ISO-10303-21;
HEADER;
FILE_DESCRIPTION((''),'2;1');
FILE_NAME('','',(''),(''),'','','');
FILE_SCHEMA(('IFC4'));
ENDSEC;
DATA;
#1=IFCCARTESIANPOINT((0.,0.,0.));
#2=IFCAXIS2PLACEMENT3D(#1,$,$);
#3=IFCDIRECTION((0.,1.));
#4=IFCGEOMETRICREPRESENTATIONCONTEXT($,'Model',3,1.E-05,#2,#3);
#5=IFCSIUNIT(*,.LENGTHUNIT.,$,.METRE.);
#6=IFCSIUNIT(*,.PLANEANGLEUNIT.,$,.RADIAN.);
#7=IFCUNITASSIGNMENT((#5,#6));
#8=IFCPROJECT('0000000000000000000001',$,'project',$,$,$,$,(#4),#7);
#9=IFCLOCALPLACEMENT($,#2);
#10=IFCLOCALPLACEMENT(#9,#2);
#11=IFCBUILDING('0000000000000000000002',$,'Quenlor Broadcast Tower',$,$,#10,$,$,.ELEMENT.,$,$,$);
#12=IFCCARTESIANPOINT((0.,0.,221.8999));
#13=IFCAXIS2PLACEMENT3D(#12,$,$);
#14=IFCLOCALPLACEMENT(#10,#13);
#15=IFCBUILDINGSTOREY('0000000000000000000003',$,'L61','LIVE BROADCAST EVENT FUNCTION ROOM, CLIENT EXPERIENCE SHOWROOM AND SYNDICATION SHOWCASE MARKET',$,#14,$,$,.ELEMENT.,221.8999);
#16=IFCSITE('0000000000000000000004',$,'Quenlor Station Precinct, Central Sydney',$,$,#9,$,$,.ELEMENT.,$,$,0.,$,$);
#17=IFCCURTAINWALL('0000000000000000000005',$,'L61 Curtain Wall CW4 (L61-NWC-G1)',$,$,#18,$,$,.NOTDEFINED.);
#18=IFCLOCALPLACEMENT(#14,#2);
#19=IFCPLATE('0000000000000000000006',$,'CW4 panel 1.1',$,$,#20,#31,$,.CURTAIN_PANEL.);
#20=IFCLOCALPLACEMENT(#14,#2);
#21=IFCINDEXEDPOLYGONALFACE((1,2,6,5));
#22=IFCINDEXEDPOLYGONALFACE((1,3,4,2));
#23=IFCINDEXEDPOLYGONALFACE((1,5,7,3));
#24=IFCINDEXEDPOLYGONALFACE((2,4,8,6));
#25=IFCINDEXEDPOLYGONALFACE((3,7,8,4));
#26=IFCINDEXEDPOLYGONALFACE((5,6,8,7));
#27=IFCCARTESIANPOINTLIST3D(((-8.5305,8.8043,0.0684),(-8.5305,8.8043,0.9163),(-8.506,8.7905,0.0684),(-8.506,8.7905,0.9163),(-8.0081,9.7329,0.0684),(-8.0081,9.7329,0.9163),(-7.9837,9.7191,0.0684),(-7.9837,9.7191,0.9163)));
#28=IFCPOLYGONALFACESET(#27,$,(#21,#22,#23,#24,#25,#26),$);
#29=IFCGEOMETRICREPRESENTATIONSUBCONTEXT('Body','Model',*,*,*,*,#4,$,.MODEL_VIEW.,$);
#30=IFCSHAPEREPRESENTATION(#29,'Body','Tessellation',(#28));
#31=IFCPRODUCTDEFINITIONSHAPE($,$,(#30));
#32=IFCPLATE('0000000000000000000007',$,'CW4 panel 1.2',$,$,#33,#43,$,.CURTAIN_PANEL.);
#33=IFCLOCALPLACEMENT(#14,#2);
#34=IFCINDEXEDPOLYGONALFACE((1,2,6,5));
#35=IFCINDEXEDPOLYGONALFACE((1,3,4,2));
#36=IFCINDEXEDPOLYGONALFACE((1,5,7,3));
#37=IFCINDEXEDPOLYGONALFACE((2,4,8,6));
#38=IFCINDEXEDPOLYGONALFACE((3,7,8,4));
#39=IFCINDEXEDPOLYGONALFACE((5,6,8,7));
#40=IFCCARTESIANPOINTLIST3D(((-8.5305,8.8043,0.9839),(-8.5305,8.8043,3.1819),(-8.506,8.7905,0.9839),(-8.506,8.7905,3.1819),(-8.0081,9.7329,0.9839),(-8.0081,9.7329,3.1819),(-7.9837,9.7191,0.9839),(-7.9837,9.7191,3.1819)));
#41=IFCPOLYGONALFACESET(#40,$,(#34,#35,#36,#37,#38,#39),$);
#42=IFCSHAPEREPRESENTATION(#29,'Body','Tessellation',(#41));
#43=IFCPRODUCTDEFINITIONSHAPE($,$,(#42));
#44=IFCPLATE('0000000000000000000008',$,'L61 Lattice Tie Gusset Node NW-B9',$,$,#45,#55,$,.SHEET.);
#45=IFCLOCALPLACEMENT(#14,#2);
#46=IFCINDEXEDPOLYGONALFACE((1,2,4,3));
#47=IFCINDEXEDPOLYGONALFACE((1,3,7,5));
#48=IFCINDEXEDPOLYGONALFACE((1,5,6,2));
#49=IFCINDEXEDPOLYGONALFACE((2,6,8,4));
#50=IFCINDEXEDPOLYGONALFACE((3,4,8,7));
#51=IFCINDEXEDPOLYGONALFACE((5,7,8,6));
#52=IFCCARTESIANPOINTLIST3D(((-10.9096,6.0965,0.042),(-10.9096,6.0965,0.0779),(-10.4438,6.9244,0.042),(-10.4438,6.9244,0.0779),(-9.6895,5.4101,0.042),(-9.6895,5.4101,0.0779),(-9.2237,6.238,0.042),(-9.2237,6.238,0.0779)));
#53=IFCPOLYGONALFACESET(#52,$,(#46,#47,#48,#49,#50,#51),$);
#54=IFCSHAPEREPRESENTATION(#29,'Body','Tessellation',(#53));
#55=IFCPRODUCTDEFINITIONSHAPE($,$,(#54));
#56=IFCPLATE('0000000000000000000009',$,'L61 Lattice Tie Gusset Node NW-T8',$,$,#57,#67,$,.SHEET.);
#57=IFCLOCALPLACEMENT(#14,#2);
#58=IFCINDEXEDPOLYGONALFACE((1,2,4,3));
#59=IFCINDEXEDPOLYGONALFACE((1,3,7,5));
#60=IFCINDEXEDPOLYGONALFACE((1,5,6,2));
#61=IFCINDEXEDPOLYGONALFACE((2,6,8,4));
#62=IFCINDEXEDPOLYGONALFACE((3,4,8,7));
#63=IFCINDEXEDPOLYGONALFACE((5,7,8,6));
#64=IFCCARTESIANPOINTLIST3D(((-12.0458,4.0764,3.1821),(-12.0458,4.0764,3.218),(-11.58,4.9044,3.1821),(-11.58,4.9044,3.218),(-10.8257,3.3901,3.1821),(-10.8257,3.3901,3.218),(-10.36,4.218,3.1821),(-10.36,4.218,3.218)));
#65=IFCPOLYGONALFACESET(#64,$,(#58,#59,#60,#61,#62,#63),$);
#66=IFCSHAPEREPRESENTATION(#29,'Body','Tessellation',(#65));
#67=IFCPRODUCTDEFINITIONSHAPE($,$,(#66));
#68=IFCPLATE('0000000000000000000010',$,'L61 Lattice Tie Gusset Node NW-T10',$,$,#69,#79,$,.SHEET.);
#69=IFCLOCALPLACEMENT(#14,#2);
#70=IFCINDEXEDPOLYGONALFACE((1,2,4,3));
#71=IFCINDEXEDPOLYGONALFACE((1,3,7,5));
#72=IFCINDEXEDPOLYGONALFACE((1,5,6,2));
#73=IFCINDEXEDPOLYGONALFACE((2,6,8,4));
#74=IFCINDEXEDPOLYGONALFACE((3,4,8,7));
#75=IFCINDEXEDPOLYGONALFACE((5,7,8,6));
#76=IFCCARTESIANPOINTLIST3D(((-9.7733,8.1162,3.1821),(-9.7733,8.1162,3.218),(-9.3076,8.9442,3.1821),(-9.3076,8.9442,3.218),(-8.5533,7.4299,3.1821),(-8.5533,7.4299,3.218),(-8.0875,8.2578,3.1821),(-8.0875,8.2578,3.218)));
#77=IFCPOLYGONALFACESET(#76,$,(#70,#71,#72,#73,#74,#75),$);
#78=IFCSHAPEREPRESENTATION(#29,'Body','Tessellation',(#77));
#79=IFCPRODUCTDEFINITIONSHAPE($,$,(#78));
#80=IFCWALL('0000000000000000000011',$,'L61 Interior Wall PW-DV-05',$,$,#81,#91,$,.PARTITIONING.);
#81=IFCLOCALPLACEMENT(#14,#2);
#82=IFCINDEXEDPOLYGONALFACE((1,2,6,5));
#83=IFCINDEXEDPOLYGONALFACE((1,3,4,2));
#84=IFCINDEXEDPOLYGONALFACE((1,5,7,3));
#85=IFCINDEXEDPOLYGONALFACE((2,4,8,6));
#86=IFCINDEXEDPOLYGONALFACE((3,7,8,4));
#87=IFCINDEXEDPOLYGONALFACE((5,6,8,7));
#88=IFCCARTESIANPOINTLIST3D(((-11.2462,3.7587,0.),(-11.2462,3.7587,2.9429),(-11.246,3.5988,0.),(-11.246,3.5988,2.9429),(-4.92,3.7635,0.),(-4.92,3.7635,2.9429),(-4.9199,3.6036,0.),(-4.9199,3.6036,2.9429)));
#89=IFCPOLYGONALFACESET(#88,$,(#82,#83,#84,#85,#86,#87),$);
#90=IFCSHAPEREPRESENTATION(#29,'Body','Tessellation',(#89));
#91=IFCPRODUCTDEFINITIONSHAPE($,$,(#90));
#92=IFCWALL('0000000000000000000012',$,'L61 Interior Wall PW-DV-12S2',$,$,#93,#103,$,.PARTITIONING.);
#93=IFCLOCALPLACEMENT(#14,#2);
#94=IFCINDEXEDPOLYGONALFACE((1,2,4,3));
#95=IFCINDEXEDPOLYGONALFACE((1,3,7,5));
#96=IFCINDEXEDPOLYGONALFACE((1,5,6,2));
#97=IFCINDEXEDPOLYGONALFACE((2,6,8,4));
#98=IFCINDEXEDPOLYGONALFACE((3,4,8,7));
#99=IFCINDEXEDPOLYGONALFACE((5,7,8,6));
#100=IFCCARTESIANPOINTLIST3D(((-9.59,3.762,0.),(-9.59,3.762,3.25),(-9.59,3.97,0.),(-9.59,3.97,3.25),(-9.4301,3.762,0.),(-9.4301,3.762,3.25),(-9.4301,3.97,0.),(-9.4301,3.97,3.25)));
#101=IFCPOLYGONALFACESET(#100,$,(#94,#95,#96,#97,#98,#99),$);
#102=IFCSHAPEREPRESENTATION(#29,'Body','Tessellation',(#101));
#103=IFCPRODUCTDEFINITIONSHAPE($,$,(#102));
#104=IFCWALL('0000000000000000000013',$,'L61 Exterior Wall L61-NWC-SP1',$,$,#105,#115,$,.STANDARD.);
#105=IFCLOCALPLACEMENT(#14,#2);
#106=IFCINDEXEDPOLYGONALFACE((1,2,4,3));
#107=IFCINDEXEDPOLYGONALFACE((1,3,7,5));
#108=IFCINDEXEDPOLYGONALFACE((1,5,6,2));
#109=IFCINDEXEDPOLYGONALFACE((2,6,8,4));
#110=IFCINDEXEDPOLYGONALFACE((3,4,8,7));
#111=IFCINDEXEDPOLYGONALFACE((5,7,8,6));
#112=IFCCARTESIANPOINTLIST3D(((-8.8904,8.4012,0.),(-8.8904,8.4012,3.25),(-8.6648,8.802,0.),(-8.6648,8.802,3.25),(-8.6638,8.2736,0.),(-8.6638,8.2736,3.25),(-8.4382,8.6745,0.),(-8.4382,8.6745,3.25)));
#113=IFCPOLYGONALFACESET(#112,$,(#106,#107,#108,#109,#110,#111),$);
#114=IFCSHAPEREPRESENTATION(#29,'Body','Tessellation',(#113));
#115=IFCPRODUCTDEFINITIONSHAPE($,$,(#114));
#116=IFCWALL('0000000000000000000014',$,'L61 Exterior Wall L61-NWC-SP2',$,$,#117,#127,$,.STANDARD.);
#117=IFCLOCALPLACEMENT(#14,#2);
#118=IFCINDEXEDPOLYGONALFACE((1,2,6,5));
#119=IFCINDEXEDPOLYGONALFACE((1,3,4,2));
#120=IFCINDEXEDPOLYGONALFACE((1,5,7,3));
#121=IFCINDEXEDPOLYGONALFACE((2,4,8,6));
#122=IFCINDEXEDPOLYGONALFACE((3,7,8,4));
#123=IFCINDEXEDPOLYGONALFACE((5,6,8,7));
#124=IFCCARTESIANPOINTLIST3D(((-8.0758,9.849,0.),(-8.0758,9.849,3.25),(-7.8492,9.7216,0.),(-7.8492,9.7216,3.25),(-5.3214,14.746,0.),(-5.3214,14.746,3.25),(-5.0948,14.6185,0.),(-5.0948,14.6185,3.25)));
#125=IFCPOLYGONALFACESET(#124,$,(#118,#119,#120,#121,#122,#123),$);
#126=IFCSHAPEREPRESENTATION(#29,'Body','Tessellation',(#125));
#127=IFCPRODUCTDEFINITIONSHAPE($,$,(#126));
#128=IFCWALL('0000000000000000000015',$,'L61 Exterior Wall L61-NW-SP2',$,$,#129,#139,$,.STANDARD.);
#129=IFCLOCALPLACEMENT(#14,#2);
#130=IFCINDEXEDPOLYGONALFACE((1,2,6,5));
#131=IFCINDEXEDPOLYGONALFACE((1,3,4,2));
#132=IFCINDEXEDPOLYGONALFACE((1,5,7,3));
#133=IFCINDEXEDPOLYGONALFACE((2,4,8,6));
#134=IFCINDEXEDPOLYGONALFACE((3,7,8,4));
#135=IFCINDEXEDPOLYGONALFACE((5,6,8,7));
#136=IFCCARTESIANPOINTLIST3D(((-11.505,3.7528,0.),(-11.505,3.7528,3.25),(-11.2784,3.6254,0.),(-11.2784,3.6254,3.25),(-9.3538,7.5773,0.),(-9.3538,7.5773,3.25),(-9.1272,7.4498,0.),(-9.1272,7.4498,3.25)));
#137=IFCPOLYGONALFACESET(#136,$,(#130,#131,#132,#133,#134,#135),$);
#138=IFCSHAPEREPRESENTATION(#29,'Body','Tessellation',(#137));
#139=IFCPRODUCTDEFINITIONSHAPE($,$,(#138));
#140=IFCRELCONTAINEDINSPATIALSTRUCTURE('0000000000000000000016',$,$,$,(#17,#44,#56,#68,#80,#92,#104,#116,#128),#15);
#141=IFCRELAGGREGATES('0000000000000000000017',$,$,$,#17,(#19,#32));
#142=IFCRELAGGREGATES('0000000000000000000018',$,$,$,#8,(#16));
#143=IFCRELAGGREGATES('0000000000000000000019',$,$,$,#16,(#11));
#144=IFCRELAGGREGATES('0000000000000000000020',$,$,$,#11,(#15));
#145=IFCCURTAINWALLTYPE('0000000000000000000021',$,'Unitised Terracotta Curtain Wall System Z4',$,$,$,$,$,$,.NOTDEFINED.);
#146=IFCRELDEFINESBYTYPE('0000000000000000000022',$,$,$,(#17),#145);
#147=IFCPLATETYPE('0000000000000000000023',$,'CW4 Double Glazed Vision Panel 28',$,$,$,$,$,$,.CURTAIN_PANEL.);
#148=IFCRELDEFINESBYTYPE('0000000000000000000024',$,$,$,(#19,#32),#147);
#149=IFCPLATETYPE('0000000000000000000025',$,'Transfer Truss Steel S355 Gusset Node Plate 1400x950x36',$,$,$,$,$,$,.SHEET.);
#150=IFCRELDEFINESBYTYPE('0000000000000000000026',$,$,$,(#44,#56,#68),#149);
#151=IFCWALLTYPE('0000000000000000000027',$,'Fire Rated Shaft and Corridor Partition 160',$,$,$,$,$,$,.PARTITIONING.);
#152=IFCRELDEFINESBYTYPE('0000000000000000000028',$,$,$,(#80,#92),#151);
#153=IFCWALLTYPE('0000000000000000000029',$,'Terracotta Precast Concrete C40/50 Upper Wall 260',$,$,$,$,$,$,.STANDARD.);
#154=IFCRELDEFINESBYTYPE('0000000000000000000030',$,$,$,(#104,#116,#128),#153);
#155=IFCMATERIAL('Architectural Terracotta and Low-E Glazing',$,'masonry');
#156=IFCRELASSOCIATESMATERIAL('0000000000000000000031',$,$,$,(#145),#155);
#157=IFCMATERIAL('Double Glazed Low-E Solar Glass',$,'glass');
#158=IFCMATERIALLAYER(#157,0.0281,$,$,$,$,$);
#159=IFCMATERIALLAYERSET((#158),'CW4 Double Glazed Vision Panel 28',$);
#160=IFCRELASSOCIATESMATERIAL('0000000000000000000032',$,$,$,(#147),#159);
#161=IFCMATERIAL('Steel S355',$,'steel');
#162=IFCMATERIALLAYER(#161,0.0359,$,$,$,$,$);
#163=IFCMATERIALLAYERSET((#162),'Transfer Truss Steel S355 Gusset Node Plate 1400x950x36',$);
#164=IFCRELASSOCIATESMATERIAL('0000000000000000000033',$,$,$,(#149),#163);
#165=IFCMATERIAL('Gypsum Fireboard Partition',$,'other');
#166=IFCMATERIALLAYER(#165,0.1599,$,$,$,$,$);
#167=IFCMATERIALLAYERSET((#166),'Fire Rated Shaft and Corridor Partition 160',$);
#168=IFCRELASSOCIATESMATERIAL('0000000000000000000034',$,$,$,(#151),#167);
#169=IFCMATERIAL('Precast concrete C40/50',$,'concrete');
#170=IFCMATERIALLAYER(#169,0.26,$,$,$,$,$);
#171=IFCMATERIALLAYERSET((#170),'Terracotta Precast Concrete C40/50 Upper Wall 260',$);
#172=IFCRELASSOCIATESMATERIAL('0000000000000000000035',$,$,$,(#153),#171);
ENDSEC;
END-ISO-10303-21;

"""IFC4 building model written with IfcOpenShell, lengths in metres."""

from ifc_helpers import new_model, si_unit, direction, frame, frame_2d, origin, origin_2d, place, context, subcontext, project, spatial, rectangle, extrude, material, layer, layer_set, type_object, element, aggregate, save


model = new_model("IFC4")

# Units and contexts
model_context = context("Model", 3, precision=1e-05, world=origin(), true_north=direction((0.0, 1.0)))
body_context = subcontext(model_context, "Body", "Model", "MODEL_VIEW")
ifc_project = project(units=[si_unit("LENGTHUNIT", "METRE"), si_unit("PLANEANGLEUNIT", "RADIAN")], contexts=[model_context])

# Site, building, storey
site_placement = place(None, origin())
site = spatial("IfcSite", under=ifc_project, at=site_placement, Name="Quenlor Station Precinct, Central Sydney", CompositionType="ELEMENT", RefElevation=0.0)
building_placement = place(site_placement, origin())
building = spatial("IfcBuilding", under=site, at=building_placement, Name="Quenlor Broadcast Tower", CompositionType="ELEMENT")
storey_placement = place(building_placement, frame((0.0, 0.0, 221.8999)))
storey = spatial("IfcBuildingStorey", under=building, at=storey_placement, Name="L61", Description="LIVE BROADCAST EVENT FUNCTION ROOM, CLIENT EXPERIENCE SHOWROOM AND SYNDICATION SHOWCASE MARKET", CompositionType="ELEMENT", Elevation=221.8999)

# Curtain wall
ifc_material_1 = material(Name="Architectural Terracotta and Low-E Glazing", Category="masonry")
curtain_wall_type = type_object("IfcCurtainWallType", Name="Unitised Terracotta Curtain Wall System Z4", PredefinedType="NOTDEFINED", material=ifc_material_1)
curtain_wall_placement = place(storey_placement, origin())
curtain_wall = element("IfcCurtainWall", 1, at=curtain_wall_placement, inside=storey, type_object=curtain_wall_type, Name="L61 Curtain Wall CW4 (L61-NWC-G1)", PredefinedType="NOTDEFINED")

# Plates
ifc_material_2 = material(Name="Double Glazed Low-E Solar Glass", Category="glass")
ifc_layer_1 = layer(ifc_material_2, 0.0281)
ifc_layer_set_1 = layer_set([ifc_layer_1], Name="CW4 Double Glazed Vision Panel 28")
plate_type_1 = type_object("IfcPlateType", Name="CW4 Double Glazed Vision Panel 28", PredefinedType="CURTAIN_PANEL", material=ifc_layer_set_1)
plate_1_placement = place(storey_placement, frame((-8.2571, 9.2617, 0.0684), z_axis=(0.0, 0.0, 1.0), x_axis=(0.490293, 0.871558, 0.0)))
plate_1 = element("IfcPlate", 2, at=plate_1_placement, type_object=plate_type_1, Name="CW4 panel 1.1", PredefinedType="CURTAIN_PANEL", context=body_context, shape_type="SweptSolid", body=[
    extrude(rectangle(XDim=1.0654, YDim=0.0281, at=origin_2d()), origin(), (0.0, 0.0, 1.0), 0.8479),
])
plate_2_placement = place(storey_placement, frame((-8.2571, 9.2617, 0.9839), z_axis=(0.0, 0.0, 1.0), x_axis=(0.490293, 0.871558, 0.0)))
plate_2 = element("IfcPlate", 3, at=plate_2_placement, type_object=plate_type_1, Name="CW4 panel 1.2", PredefinedType="CURTAIN_PANEL", context=body_context, shape_type="SweptSolid", body=[
    extrude(rectangle(XDim=1.0654, YDim=0.0281, at=origin_2d()), origin(), (0.0, 0.0, 1.0), 2.198),
])
aggregate(curtain_wall, [plate_1, plate_2])

# Plates
ifc_material_3 = material(Name="Steel S355", Category="steel")
ifc_layer_2 = layer(ifc_material_3, 0.0359)
ifc_layer_set_2 = layer_set([ifc_layer_2], Name="Transfer Truss Steel S355 Gusset Node Plate 1400x950x36")
plate_type_2 = type_object("IfcPlateType", Name="Transfer Truss Steel S355 Gusset Node Plate 1400x950x36", PredefinedType="SHEET", material=ifc_layer_set_2)
for number, where, z_axis, x_axis, name in (
    (4, (-10.0667, 6.1672, 0.042), (0.0, 0.0, 1.0), (-0.871556, 0.490295, 0.0), "L61 Lattice Tie Gusset Node NW-B9"),
    (5, (-11.2029, 4.1472, 3.1821), (0.0, 0.0, 1.0), (-0.871556, 0.490295, 0.0), "L61 Lattice Tie Gusset Node NW-T8"),
    (6, (-8.9304, 8.187, 3.1821), (0.0, 0.0, 1.0), (-0.871556, 0.490295, 0.0), "L61 Lattice Tie Gusset Node NW-T10"),
):
    element("IfcPlate", number, at=place(storey_placement, frame(where, z_axis=z_axis, x_axis=x_axis)), inside=storey, type_object=plate_type_2, Name=name, PredefinedType="SHEET", context=body_context, shape_type="SweptSolid", body=[
        extrude(rectangle(XDim=1.3999, YDim=0.95, at=origin_2d()), origin(), (0.0, 0.0, 1.0), 0.0359),
    ])

# Walls
ifc_material_4 = material(Name="Gypsum Fireboard Partition", Category="other")
ifc_layer_3 = layer(ifc_material_4, 0.1599)
ifc_layer_set_3 = layer_set([ifc_layer_3], Name="Fire Rated Shaft and Corridor Partition 160")
wall_type_1 = type_object("IfcWallType", Name="Fire Rated Shaft and Corridor Partition 160", PredefinedType="PARTITIONING", material=ifc_layer_set_3)
wall_1_placement = place(storey_placement, frame((-4.9199, 3.6836, 0.0), z_axis=(0.0, 0.0, 1.0), x_axis=(-1.0, -0.000772, 0.0)))
element("IfcWall", 7, at=wall_1_placement, inside=storey, type_object=wall_type_1, Name="L61 Interior Wall PW-DV-05", PredefinedType="PARTITIONING", context=body_context, shape_type="SweptSolid", body=[
    extrude(rectangle(XDim=6.3262, YDim=0.1599, at=frame_2d((3.1631, 0.0))), origin(), (0.0, 0.0, 1.0), 2.9429),
])
wall_2_placement = place(storey_placement, frame((-9.51, 3.762, 0.0), z_axis=(0.0, 0.0, 1.0), x_axis=(0.0, 1.0, 0.0)))
element("IfcWall", 8, at=wall_2_placement, inside=storey, type_object=wall_type_1, Name="L61 Interior Wall PW-DV-12S2", PredefinedType="PARTITIONING", context=body_context, shape_type="SweptSolid", body=[
    extrude(rectangle(XDim=0.208, YDim=0.1599, at=frame_2d((0.104, 0.0))), origin(), (0.0, 0.0, 1.0), 3.25),
])
ifc_material_5 = material(Name="Precast concrete C40/50", Category="concrete")
ifc_layer_4 = layer(ifc_material_5, 0.26)
ifc_layer_set_4 = layer_set([ifc_layer_4], Name="Terracotta Precast Concrete C40/50 Upper Wall 260")
wall_type_2 = type_object("IfcWallType", Name="Terracotta Precast Concrete C40/50 Upper Wall 260", PredefinedType="STANDARD", material=ifc_layer_set_4)
wall_3_placement = place(storey_placement, frame((-8.7771, 8.3374, 0.0), z_axis=(0.0, 0.0, 1.0), x_axis=(0.490412, 0.87149, 0.0)))
element("IfcWall", 9, at=wall_3_placement, inside=storey, type_object=wall_type_2, Name="L61 Exterior Wall L61-NWC-SP1", PredefinedType="STANDARD", context=body_context, shape_type="SweptSolid", body=[
    extrude(rectangle(XDim=0.46, YDim=0.26, at=frame_2d((0.23, 0.0))), origin(), (0.0, 0.0, 1.0), 3.25),
])
wall_4_placement = place(storey_placement, frame((-7.9624, 9.7854, 0.0), z_axis=(0.0, 0.0, 1.0), x_axis=(0.490241, 0.871587, 0.0)))
element("IfcWall", 10, at=wall_4_placement, inside=storey, type_object=wall_type_2, Name="L61 Exterior Wall L61-NWC-SP2", PredefinedType="STANDARD", context=body_context, shape_type="SweptSolid", body=[
    extrude(rectangle(XDim=5.6184, YDim=0.26, at=frame_2d((2.8091, 0.0))), origin(), (0.0, 0.0, 1.0), 3.25),
])
wall_5_placement = place(storey_placement, frame((-11.3916, 3.6892, 0.0), z_axis=(0.0, 0.0, 1.0), x_axis=(0.490237, 0.871589, 0.0)))
element("IfcWall", 11, at=wall_5_placement, inside=storey, type_object=wall_type_2, Name="L61 Exterior Wall L61-NW-SP2", PredefinedType="STANDARD", context=body_context, shape_type="SweptSolid", body=[
    extrude(rectangle(XDim=4.3879, YDim=0.26, at=frame_2d((2.1938, 0.0))), origin(), (0.0, 0.0, 1.0), 3.25),
])

save(model, "model.ifc")
